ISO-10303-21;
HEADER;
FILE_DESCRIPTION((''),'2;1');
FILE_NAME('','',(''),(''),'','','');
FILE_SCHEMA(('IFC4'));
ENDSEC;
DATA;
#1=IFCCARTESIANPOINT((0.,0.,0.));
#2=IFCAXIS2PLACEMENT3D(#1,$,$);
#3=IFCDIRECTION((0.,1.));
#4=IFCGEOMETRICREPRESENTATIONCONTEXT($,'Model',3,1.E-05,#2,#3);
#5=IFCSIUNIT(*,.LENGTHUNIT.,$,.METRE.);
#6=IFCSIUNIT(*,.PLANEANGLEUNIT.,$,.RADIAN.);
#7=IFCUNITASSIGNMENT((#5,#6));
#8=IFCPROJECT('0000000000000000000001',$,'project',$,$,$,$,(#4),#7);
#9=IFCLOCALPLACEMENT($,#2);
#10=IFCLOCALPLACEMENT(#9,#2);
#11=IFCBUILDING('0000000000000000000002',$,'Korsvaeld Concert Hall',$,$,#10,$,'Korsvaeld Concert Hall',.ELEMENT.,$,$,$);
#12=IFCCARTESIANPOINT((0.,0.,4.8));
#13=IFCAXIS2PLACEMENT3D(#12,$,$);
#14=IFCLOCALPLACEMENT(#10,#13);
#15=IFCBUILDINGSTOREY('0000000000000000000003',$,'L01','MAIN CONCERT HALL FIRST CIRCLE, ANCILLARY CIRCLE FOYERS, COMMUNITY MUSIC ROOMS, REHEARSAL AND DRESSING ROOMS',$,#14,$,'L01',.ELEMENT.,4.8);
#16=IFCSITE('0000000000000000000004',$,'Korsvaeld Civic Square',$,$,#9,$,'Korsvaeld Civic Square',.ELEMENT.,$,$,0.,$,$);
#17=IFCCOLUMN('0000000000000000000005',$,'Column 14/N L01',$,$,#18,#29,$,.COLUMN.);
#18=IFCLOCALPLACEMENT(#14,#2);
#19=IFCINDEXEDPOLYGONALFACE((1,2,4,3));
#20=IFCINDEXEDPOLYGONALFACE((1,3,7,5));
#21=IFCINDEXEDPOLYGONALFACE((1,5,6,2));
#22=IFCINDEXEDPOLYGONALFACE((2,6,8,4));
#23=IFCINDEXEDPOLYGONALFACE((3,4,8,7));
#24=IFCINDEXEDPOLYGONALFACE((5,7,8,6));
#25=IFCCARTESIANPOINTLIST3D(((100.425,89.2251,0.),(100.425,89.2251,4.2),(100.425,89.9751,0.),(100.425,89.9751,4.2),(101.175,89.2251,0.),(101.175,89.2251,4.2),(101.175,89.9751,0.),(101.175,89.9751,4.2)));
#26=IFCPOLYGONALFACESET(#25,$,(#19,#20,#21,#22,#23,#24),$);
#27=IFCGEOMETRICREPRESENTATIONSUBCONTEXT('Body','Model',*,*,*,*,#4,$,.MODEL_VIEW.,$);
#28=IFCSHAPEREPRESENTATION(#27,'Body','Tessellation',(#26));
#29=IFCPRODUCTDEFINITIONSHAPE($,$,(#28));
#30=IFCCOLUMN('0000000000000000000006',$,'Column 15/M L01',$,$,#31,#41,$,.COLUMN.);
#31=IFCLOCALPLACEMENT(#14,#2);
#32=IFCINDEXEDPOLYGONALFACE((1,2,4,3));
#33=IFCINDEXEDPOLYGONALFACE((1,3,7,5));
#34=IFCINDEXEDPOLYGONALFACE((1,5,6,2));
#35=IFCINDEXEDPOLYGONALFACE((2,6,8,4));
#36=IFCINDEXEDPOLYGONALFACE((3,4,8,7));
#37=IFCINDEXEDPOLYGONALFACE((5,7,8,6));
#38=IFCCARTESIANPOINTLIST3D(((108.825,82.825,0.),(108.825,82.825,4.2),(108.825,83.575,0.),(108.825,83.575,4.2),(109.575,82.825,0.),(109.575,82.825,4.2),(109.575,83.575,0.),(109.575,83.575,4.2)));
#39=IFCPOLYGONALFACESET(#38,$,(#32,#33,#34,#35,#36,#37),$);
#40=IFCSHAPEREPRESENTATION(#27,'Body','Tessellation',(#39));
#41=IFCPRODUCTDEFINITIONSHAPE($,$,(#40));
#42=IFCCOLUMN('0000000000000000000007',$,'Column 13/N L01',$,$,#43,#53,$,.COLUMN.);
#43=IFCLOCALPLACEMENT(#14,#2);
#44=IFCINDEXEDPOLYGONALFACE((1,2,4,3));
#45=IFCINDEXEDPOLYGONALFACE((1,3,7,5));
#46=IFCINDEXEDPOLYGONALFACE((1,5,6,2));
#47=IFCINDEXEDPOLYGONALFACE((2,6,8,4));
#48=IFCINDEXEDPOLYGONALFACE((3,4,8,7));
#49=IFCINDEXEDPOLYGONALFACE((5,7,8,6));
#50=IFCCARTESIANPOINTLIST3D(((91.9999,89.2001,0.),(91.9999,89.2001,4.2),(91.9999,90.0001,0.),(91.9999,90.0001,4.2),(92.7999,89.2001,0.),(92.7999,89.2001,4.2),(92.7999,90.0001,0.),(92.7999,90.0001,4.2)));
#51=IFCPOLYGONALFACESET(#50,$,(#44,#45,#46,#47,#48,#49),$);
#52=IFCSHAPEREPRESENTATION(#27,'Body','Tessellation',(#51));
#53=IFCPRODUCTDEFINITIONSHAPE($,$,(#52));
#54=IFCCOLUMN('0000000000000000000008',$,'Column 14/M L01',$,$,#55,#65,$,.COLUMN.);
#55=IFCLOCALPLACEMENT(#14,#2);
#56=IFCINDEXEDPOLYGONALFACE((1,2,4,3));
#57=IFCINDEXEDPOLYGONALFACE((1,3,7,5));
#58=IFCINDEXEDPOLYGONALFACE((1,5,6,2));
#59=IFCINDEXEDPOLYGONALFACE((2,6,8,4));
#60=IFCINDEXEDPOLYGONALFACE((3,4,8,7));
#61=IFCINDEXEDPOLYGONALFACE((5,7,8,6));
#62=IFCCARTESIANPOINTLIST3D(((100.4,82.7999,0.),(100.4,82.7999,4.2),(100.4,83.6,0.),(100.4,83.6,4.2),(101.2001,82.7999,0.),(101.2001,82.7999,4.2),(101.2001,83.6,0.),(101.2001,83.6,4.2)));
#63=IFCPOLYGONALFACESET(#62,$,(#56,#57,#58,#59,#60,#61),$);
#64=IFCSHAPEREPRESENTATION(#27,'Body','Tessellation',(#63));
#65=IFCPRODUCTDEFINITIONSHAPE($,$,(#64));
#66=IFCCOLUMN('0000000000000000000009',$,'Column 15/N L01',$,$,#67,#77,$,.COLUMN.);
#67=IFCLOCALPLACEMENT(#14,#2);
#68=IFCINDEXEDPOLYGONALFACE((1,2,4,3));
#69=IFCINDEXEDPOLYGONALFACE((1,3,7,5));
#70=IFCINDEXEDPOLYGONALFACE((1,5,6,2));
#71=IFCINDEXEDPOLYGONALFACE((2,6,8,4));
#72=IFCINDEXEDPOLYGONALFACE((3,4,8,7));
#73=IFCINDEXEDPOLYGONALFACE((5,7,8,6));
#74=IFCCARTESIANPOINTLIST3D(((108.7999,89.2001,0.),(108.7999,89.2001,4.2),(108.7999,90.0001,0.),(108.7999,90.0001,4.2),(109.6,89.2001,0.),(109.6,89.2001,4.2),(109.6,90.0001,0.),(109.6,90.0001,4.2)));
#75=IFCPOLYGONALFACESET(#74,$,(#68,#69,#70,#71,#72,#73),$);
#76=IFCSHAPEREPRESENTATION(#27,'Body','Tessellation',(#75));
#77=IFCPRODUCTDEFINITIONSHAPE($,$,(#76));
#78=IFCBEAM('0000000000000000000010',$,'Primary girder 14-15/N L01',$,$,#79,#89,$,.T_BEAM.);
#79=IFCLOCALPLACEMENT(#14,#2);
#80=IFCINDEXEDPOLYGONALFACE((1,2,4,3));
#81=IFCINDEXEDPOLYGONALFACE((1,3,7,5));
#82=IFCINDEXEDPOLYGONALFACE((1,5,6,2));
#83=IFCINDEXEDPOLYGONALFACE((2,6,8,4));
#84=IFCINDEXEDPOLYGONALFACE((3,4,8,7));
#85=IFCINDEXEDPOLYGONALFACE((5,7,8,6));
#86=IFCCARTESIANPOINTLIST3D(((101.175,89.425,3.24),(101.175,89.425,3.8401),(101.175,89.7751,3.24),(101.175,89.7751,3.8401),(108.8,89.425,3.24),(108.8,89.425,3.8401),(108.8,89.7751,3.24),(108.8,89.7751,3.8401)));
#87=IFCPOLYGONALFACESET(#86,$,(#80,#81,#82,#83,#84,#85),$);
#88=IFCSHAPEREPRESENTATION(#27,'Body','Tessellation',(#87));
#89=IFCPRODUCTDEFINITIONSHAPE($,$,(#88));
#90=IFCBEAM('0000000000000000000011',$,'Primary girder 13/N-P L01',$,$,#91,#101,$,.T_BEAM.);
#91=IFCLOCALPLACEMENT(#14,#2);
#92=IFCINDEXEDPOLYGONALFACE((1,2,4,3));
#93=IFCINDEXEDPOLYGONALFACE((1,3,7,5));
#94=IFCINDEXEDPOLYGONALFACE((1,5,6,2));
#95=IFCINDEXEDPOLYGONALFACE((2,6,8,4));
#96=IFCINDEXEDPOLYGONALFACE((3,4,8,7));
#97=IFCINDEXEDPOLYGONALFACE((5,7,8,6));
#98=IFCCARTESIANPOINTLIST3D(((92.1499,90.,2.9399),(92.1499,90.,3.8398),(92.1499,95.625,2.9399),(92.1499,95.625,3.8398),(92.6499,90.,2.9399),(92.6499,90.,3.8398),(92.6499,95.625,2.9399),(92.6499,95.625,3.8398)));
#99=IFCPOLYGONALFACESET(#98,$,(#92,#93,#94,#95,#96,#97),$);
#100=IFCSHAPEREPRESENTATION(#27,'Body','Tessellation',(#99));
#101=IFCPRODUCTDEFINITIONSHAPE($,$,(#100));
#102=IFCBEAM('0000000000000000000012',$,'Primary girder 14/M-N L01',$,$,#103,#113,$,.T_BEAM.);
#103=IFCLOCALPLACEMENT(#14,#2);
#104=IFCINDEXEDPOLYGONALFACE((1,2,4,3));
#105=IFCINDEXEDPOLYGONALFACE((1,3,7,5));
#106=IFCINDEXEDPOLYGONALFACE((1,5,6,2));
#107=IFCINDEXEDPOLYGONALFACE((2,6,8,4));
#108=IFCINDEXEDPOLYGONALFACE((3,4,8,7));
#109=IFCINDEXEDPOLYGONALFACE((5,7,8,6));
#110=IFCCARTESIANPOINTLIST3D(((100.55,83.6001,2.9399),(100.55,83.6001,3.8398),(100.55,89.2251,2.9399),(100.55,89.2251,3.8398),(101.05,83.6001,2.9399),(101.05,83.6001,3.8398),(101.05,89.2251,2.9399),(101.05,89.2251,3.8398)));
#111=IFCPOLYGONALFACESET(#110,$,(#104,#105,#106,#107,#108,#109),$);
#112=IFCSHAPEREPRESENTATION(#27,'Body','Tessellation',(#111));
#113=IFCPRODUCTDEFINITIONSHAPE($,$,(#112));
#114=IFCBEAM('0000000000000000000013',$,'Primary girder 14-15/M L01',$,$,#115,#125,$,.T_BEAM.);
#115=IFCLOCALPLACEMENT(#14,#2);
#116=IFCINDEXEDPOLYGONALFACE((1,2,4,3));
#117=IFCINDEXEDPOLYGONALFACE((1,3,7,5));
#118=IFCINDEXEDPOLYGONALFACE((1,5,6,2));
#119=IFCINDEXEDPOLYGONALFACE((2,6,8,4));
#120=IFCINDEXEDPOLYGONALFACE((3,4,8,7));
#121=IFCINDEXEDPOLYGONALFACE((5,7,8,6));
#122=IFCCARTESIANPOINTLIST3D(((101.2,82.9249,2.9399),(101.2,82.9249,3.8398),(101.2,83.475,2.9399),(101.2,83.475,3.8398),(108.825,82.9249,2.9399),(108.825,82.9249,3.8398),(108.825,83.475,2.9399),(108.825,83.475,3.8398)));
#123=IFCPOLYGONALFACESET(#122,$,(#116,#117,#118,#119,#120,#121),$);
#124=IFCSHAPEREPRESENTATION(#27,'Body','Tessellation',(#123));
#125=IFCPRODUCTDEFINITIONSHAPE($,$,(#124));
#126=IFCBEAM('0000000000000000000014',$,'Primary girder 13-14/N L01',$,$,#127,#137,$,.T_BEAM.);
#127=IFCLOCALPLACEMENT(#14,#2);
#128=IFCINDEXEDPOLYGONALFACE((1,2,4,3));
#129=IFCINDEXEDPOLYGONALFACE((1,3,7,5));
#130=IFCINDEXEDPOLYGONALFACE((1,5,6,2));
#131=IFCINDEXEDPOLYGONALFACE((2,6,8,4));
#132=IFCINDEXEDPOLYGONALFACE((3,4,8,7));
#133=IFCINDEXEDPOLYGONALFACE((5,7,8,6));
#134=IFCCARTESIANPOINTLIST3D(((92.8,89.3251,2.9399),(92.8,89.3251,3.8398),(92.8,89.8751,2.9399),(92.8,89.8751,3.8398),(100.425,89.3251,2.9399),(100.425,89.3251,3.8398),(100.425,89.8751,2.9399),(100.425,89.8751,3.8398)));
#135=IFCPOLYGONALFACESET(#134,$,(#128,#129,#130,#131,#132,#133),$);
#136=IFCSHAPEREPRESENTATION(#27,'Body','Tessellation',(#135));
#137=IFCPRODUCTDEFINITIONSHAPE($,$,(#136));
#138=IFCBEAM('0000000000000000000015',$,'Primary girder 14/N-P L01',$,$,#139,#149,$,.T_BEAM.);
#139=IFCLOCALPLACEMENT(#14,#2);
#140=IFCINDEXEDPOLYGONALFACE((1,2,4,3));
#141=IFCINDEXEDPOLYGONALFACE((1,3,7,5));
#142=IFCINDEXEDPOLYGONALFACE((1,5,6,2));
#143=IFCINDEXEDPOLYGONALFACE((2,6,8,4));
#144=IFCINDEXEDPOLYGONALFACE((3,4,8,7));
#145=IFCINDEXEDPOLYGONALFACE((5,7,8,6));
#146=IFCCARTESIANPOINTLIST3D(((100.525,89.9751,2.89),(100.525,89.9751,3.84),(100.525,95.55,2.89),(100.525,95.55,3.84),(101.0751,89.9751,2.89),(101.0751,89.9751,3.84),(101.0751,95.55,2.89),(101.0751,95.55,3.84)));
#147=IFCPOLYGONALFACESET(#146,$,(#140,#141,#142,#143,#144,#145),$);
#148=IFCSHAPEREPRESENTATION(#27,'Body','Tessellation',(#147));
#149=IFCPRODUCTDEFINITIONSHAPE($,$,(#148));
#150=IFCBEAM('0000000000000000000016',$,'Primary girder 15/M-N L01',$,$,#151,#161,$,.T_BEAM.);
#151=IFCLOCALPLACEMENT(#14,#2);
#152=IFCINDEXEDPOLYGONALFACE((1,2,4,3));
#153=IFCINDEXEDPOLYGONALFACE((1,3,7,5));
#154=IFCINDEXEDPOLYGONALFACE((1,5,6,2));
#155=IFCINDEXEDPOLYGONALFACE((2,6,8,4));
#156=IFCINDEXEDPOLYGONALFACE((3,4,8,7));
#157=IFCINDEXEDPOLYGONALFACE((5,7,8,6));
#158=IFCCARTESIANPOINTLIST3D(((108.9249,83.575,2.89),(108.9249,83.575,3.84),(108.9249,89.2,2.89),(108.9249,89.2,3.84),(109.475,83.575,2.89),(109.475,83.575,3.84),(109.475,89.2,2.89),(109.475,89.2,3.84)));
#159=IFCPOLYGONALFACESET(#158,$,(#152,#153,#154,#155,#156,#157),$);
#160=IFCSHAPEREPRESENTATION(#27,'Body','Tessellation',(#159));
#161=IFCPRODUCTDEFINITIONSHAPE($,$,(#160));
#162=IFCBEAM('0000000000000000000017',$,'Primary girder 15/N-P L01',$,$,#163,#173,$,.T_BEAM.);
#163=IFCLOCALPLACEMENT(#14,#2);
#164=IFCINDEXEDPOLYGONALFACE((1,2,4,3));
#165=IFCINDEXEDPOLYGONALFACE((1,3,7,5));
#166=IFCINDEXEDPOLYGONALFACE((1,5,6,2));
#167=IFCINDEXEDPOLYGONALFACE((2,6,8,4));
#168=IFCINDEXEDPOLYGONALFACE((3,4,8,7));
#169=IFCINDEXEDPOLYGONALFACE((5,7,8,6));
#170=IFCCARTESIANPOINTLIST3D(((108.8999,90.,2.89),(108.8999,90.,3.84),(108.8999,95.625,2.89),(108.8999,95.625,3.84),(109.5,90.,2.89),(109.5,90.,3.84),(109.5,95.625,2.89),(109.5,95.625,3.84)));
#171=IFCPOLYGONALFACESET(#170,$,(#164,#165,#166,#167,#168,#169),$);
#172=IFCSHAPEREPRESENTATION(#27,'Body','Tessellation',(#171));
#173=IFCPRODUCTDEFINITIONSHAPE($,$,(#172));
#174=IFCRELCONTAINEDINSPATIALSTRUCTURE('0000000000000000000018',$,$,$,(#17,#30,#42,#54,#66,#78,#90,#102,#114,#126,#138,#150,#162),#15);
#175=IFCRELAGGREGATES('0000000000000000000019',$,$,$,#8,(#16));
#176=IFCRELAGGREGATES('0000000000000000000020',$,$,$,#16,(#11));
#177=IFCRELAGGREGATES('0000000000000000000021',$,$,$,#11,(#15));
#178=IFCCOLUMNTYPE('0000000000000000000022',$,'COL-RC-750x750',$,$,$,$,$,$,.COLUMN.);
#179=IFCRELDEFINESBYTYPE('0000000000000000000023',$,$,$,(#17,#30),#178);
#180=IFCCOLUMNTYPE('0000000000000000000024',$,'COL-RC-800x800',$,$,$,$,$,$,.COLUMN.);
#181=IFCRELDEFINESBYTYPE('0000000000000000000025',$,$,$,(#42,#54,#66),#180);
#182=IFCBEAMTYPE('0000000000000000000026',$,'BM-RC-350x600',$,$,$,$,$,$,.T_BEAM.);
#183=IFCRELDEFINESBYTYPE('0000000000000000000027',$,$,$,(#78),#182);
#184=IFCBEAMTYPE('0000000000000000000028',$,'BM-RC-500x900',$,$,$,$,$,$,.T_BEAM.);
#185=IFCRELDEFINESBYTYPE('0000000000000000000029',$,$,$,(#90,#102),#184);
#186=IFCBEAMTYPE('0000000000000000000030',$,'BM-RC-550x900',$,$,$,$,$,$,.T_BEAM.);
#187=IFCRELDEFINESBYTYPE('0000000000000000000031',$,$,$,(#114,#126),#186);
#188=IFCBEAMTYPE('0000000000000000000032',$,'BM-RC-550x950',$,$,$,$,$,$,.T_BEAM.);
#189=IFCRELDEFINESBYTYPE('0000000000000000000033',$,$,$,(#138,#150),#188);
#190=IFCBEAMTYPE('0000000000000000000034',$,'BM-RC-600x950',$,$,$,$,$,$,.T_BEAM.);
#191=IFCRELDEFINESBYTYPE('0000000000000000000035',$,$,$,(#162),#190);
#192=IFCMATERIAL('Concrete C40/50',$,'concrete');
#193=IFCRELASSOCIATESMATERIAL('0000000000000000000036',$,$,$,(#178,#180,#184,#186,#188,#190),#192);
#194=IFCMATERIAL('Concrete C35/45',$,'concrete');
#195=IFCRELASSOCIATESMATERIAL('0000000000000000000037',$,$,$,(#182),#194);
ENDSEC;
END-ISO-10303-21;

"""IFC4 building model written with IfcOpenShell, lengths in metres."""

from ifc_helpers import new_model, si_unit, direction, frame, origin, origin_2d, place, context, subcontext, project, spatial, rectangle, extrude, material, material_profile, profile_set, type_object, element, save


model = new_model("IFC4")

# Units and contexts
model_context = context("Model", 3, precision=1e-05, world=origin(), true_north=direction((0.0, 1.0)))
body_context = subcontext(model_context, "Body", "Model", "MODEL_VIEW")
ifc_project = project(units=[si_unit("LENGTHUNIT", "METRE"), si_unit("PLANEANGLEUNIT", "RADIAN")], contexts=[model_context])

# Site, building, storey
site_placement = place(None, origin())
site = spatial("IfcSite", under=ifc_project, at=site_placement, Name="Korsvaeld Civic Square", LongName="Korsvaeld Civic Square", CompositionType="ELEMENT", RefElevation=0.0)
building_placement = place(site_placement, origin())
building = spatial("IfcBuilding", under=site, at=building_placement, Name="Korsvaeld Concert Hall", LongName="Korsvaeld Concert Hall", CompositionType="ELEMENT")
storey_placement = place(building_placement, frame((0.0, 0.0, 4.8)))
storey = spatial("IfcBuildingStorey", under=building, at=storey_placement, Name="L01", Description="MAIN CONCERT HALL FIRST CIRCLE, ANCILLARY CIRCLE FOYERS, COMMUNITY MUSIC ROOMS, REHEARSAL AND DRESSING ROOMS", LongName="L01", CompositionType="ELEMENT", Elevation=4.8)

# Columns
ifc_material_1 = material(Name="Concrete C40/50", Category="concrete")
ifc_material_profile_1 = material_profile(ifc_material_1, rectangle(XDim=0.75, YDim=0.75, at=origin_2d()), Name="RC 750x750")
ifc_profile_set_1 = profile_set([ifc_material_profile_1], Name="Concrete C40/50")
column_type_1 = type_object("IfcColumnType", Name="COL-RC-750x750", PredefinedType="COLUMN", material=ifc_profile_set_1)
for number, where, z_axis, x_axis, name in (
    (1, (100.8, 89.6001, 0.0), (0.0, 0.0, 1.0), (1.0, 0.0, 0.0), "Column 14/N L01"),
    (2, (109.2, 83.2, 0.0), (0.0, 0.0, 1.0), (1.0, 0.0, 0.0), "Column 15/M L01"),
):
    element("IfcColumn", number, at=place(storey_placement, frame(where, z_axis=z_axis, x_axis=x_axis)), inside=storey, type_object=column_type_1, Name=name, PredefinedType="COLUMN", context=body_context, shape_type="SweptSolid", body=[
        extrude(rectangle(XDim=0.75, YDim=0.75, at=origin_2d()), origin(), (0.0, 0.0, 1.0), 4.2),
    ])
ifc_material_profile_2 = material_profile(ifc_material_1, rectangle(XDim=0.8, YDim=0.8, at=origin_2d()), Name="RC 800x800")
ifc_profile_set_2 = profile_set([ifc_material_profile_2], Name="Concrete C40/50")
column_type_2 = type_object("IfcColumnType", Name="COL-RC-800x800", PredefinedType="COLUMN", material=ifc_profile_set_2)
for number, where, z_axis, x_axis, name in (
    (3, (92.3999, 89.6001, 0.0), (0.0, 0.0, 1.0), (1.0, 0.0, 0.0), "Column 13/N L01"),
    (4, (100.8, 83.2, 0.0), (0.0, 0.0, 1.0), (1.0, 0.0, 0.0), "Column 14/M L01"),
    (5, (109.2, 89.6001, 0.0), (0.0, 0.0, 1.0), (1.0, 0.0, 0.0), "Column 15/N L01"),
):
    element("IfcColumn", number, at=place(storey_placement, frame(where, z_axis=z_axis, x_axis=x_axis)), inside=storey, type_object=column_type_2, Name=name, PredefinedType="COLUMN", context=body_context, shape_type="SweptSolid", body=[
        extrude(rectangle(XDim=0.8, YDim=0.8, at=origin_2d()), origin(), (0.0, 0.0, 1.0), 4.2),
    ])

# Beams
ifc_material_2 = material(Name="Concrete C35/45", Category="concrete")
ifc_material_profile_3 = material_profile(ifc_material_2, rectangle(XDim=0.3501, YDim=0.6001, at=origin_2d()), Name="RC 350x600")
ifc_profile_set_3 = profile_set([ifc_material_profile_3], Name="Concrete C35/45")
beam_type_1 = type_object("IfcBeamType", Name="BM-RC-350x600", PredefinedType="T_BEAM", material=ifc_profile_set_3)
beam_1_placement = place(storey_placement, frame((101.175, 89.6001, 3.54), z_axis=(1.0, 0.0, 0.0), x_axis=(0.0, 1.0, 0.0)))
element("IfcBeam", 6, at=beam_1_placement, inside=storey, type_object=beam_type_1, Name="Primary girder 14-15/N L01", PredefinedType="T_BEAM", context=body_context, shape_type="SweptSolid", body=[
    extrude(rectangle(XDim=0.3501, YDim=0.6001, at=origin_2d()), origin(), (0.0, 0.0, 1.0), 7.625),
])
ifc_material_profile_4 = material_profile(ifc_material_1, rectangle(XDim=0.5, YDim=0.8999, at=origin_2d()), Name="RC 500x900")
ifc_profile_set_4 = profile_set([ifc_material_profile_4], Name="Concrete C40/50")
beam_type_2 = type_object("IfcBeamType", Name="BM-RC-500x900", PredefinedType="T_BEAM", material=ifc_profile_set_4)
for number, where, z_axis, x_axis, name in (
    (7, (92.3999, 90.0, 3.3899), (0.0, 1.0, 0.0), (-1.0, 0.0, 0.0), "Primary girder 13/N-P L01"),
    (8, (100.8, 83.6001, 3.3899), (0.0, 1.0, 0.0), (-1.0, 0.0, 0.0), "Primary girder 14/M-N L01"),
):
    element("IfcBeam", number, at=place(storey_placement, frame(where, z_axis=z_axis, x_axis=x_axis)), inside=storey, type_object=beam_type_2, Name=name, PredefinedType="T_BEAM", context=body_context, shape_type="SweptSolid", body=[
        extrude(rectangle(XDim=0.5, YDim=0.8999, at=origin_2d()), origin(), (0.0, 0.0, 1.0), 5.625),
    ])
ifc_material_profile_5 = material_profile(ifc_material_1, rectangle(XDim=0.55, YDim=0.8999, at=origin_2d()), Name="RC 550x900")
ifc_profile_set_5 = profile_set([ifc_material_profile_5], Name="Concrete C40/50")
beam_type_3 = type_object("IfcBeamType", Name="BM-RC-550x900", PredefinedType="T_BEAM", material=ifc_profile_set_5)
for number, where, z_axis, x_axis, name in (
    (9, (101.2, 83.2, 3.3899), (1.0, 0.0, 0.0), (0.0, 1.0, 0.0), "Primary girder 14-15/M L01"),
    (10, (92.8, 89.6001, 3.3899), (1.0, 0.0, 0.0), (0.0, 1.0, 0.0), "Primary girder 13-14/N L01"),
):
    element("IfcBeam", number, at=place(storey_placement, frame(where, z_axis=z_axis, x_axis=x_axis)), inside=storey, type_object=beam_type_3, Name=name, PredefinedType="T_BEAM", context=body_context, shape_type="SweptSolid", body=[
        extrude(rectangle(XDim=0.55, YDim=0.8999, at=origin_2d()), origin(), (0.0, 0.0, 1.0), 7.625),
    ])
ifc_material_profile_6 = material_profile(ifc_material_1, rectangle(XDim=0.55, YDim=0.95, at=origin_2d()), Name="RC 550x950")
ifc_profile_set_6 = profile_set([ifc_material_profile_6], Name="Concrete C40/50")
beam_type_4 = type_object("IfcBeamType", Name="BM-RC-550x950", PredefinedType="T_BEAM", material=ifc_profile_set_6)
beam_2_placement = place(storey_placement, frame((100.8, 89.9751, 3.365), z_axis=(0.0, 1.0, 0.0), x_axis=(-1.0, 0.0, 0.0)))
element("IfcBeam", 11, at=beam_2_placement, inside=storey, type_object=beam_type_4, Name="Primary girder 14/N-P L01", PredefinedType="T_BEAM", context=body_context, shape_type="SweptSolid", body=[
    extrude(rectangle(XDim=0.55, YDim=0.95, at=origin_2d()), origin(), (0.0, 0.0, 1.0), 5.575),
])
beam_3_placement = place(storey_placement, frame((109.2, 83.575, 3.365), z_axis=(0.0, 1.0, 0.0), x_axis=(-1.0, 0.0, 0.0)))
element("IfcBeam", 12, at=beam_3_placement, inside=storey, type_object=beam_type_4, Name="Primary girder 15/M-N L01", PredefinedType="T_BEAM", context=body_context, shape_type="SweptSolid", body=[
    extrude(rectangle(XDim=0.55, YDim=0.95, at=origin_2d()), origin(), (0.0, 0.0, 1.0), 5.625),
])
ifc_material_profile_7 = material_profile(ifc_material_1, rectangle(XDim=0.6001, YDim=0.95, at=origin_2d()), Name="RC 600x950")
ifc_profile_set_7 = profile_set([ifc_material_profile_7], Name="Concrete C40/50")
beam_type_5 = type_object("IfcBeamType", Name="BM-RC-600x950", PredefinedType="T_BEAM", material=ifc_profile_set_7)
beam_4_placement = place(storey_placement, frame((109.2, 90.0, 3.365), z_axis=(0.0, 1.0, 0.0), x_axis=(-1.0, 0.0, 0.0)))
element("IfcBeam", 13, at=beam_4_placement, inside=storey, type_object=beam_type_5, Name="Primary girder 15/N-P L01", PredefinedType="T_BEAM", context=body_context, shape_type="SweptSolid", body=[
    extrude(rectangle(XDim=0.6001, YDim=0.95, at=origin_2d()), origin(), (0.0, 0.0, 1.0), 5.625),
])

save(model, "model.ifc")
